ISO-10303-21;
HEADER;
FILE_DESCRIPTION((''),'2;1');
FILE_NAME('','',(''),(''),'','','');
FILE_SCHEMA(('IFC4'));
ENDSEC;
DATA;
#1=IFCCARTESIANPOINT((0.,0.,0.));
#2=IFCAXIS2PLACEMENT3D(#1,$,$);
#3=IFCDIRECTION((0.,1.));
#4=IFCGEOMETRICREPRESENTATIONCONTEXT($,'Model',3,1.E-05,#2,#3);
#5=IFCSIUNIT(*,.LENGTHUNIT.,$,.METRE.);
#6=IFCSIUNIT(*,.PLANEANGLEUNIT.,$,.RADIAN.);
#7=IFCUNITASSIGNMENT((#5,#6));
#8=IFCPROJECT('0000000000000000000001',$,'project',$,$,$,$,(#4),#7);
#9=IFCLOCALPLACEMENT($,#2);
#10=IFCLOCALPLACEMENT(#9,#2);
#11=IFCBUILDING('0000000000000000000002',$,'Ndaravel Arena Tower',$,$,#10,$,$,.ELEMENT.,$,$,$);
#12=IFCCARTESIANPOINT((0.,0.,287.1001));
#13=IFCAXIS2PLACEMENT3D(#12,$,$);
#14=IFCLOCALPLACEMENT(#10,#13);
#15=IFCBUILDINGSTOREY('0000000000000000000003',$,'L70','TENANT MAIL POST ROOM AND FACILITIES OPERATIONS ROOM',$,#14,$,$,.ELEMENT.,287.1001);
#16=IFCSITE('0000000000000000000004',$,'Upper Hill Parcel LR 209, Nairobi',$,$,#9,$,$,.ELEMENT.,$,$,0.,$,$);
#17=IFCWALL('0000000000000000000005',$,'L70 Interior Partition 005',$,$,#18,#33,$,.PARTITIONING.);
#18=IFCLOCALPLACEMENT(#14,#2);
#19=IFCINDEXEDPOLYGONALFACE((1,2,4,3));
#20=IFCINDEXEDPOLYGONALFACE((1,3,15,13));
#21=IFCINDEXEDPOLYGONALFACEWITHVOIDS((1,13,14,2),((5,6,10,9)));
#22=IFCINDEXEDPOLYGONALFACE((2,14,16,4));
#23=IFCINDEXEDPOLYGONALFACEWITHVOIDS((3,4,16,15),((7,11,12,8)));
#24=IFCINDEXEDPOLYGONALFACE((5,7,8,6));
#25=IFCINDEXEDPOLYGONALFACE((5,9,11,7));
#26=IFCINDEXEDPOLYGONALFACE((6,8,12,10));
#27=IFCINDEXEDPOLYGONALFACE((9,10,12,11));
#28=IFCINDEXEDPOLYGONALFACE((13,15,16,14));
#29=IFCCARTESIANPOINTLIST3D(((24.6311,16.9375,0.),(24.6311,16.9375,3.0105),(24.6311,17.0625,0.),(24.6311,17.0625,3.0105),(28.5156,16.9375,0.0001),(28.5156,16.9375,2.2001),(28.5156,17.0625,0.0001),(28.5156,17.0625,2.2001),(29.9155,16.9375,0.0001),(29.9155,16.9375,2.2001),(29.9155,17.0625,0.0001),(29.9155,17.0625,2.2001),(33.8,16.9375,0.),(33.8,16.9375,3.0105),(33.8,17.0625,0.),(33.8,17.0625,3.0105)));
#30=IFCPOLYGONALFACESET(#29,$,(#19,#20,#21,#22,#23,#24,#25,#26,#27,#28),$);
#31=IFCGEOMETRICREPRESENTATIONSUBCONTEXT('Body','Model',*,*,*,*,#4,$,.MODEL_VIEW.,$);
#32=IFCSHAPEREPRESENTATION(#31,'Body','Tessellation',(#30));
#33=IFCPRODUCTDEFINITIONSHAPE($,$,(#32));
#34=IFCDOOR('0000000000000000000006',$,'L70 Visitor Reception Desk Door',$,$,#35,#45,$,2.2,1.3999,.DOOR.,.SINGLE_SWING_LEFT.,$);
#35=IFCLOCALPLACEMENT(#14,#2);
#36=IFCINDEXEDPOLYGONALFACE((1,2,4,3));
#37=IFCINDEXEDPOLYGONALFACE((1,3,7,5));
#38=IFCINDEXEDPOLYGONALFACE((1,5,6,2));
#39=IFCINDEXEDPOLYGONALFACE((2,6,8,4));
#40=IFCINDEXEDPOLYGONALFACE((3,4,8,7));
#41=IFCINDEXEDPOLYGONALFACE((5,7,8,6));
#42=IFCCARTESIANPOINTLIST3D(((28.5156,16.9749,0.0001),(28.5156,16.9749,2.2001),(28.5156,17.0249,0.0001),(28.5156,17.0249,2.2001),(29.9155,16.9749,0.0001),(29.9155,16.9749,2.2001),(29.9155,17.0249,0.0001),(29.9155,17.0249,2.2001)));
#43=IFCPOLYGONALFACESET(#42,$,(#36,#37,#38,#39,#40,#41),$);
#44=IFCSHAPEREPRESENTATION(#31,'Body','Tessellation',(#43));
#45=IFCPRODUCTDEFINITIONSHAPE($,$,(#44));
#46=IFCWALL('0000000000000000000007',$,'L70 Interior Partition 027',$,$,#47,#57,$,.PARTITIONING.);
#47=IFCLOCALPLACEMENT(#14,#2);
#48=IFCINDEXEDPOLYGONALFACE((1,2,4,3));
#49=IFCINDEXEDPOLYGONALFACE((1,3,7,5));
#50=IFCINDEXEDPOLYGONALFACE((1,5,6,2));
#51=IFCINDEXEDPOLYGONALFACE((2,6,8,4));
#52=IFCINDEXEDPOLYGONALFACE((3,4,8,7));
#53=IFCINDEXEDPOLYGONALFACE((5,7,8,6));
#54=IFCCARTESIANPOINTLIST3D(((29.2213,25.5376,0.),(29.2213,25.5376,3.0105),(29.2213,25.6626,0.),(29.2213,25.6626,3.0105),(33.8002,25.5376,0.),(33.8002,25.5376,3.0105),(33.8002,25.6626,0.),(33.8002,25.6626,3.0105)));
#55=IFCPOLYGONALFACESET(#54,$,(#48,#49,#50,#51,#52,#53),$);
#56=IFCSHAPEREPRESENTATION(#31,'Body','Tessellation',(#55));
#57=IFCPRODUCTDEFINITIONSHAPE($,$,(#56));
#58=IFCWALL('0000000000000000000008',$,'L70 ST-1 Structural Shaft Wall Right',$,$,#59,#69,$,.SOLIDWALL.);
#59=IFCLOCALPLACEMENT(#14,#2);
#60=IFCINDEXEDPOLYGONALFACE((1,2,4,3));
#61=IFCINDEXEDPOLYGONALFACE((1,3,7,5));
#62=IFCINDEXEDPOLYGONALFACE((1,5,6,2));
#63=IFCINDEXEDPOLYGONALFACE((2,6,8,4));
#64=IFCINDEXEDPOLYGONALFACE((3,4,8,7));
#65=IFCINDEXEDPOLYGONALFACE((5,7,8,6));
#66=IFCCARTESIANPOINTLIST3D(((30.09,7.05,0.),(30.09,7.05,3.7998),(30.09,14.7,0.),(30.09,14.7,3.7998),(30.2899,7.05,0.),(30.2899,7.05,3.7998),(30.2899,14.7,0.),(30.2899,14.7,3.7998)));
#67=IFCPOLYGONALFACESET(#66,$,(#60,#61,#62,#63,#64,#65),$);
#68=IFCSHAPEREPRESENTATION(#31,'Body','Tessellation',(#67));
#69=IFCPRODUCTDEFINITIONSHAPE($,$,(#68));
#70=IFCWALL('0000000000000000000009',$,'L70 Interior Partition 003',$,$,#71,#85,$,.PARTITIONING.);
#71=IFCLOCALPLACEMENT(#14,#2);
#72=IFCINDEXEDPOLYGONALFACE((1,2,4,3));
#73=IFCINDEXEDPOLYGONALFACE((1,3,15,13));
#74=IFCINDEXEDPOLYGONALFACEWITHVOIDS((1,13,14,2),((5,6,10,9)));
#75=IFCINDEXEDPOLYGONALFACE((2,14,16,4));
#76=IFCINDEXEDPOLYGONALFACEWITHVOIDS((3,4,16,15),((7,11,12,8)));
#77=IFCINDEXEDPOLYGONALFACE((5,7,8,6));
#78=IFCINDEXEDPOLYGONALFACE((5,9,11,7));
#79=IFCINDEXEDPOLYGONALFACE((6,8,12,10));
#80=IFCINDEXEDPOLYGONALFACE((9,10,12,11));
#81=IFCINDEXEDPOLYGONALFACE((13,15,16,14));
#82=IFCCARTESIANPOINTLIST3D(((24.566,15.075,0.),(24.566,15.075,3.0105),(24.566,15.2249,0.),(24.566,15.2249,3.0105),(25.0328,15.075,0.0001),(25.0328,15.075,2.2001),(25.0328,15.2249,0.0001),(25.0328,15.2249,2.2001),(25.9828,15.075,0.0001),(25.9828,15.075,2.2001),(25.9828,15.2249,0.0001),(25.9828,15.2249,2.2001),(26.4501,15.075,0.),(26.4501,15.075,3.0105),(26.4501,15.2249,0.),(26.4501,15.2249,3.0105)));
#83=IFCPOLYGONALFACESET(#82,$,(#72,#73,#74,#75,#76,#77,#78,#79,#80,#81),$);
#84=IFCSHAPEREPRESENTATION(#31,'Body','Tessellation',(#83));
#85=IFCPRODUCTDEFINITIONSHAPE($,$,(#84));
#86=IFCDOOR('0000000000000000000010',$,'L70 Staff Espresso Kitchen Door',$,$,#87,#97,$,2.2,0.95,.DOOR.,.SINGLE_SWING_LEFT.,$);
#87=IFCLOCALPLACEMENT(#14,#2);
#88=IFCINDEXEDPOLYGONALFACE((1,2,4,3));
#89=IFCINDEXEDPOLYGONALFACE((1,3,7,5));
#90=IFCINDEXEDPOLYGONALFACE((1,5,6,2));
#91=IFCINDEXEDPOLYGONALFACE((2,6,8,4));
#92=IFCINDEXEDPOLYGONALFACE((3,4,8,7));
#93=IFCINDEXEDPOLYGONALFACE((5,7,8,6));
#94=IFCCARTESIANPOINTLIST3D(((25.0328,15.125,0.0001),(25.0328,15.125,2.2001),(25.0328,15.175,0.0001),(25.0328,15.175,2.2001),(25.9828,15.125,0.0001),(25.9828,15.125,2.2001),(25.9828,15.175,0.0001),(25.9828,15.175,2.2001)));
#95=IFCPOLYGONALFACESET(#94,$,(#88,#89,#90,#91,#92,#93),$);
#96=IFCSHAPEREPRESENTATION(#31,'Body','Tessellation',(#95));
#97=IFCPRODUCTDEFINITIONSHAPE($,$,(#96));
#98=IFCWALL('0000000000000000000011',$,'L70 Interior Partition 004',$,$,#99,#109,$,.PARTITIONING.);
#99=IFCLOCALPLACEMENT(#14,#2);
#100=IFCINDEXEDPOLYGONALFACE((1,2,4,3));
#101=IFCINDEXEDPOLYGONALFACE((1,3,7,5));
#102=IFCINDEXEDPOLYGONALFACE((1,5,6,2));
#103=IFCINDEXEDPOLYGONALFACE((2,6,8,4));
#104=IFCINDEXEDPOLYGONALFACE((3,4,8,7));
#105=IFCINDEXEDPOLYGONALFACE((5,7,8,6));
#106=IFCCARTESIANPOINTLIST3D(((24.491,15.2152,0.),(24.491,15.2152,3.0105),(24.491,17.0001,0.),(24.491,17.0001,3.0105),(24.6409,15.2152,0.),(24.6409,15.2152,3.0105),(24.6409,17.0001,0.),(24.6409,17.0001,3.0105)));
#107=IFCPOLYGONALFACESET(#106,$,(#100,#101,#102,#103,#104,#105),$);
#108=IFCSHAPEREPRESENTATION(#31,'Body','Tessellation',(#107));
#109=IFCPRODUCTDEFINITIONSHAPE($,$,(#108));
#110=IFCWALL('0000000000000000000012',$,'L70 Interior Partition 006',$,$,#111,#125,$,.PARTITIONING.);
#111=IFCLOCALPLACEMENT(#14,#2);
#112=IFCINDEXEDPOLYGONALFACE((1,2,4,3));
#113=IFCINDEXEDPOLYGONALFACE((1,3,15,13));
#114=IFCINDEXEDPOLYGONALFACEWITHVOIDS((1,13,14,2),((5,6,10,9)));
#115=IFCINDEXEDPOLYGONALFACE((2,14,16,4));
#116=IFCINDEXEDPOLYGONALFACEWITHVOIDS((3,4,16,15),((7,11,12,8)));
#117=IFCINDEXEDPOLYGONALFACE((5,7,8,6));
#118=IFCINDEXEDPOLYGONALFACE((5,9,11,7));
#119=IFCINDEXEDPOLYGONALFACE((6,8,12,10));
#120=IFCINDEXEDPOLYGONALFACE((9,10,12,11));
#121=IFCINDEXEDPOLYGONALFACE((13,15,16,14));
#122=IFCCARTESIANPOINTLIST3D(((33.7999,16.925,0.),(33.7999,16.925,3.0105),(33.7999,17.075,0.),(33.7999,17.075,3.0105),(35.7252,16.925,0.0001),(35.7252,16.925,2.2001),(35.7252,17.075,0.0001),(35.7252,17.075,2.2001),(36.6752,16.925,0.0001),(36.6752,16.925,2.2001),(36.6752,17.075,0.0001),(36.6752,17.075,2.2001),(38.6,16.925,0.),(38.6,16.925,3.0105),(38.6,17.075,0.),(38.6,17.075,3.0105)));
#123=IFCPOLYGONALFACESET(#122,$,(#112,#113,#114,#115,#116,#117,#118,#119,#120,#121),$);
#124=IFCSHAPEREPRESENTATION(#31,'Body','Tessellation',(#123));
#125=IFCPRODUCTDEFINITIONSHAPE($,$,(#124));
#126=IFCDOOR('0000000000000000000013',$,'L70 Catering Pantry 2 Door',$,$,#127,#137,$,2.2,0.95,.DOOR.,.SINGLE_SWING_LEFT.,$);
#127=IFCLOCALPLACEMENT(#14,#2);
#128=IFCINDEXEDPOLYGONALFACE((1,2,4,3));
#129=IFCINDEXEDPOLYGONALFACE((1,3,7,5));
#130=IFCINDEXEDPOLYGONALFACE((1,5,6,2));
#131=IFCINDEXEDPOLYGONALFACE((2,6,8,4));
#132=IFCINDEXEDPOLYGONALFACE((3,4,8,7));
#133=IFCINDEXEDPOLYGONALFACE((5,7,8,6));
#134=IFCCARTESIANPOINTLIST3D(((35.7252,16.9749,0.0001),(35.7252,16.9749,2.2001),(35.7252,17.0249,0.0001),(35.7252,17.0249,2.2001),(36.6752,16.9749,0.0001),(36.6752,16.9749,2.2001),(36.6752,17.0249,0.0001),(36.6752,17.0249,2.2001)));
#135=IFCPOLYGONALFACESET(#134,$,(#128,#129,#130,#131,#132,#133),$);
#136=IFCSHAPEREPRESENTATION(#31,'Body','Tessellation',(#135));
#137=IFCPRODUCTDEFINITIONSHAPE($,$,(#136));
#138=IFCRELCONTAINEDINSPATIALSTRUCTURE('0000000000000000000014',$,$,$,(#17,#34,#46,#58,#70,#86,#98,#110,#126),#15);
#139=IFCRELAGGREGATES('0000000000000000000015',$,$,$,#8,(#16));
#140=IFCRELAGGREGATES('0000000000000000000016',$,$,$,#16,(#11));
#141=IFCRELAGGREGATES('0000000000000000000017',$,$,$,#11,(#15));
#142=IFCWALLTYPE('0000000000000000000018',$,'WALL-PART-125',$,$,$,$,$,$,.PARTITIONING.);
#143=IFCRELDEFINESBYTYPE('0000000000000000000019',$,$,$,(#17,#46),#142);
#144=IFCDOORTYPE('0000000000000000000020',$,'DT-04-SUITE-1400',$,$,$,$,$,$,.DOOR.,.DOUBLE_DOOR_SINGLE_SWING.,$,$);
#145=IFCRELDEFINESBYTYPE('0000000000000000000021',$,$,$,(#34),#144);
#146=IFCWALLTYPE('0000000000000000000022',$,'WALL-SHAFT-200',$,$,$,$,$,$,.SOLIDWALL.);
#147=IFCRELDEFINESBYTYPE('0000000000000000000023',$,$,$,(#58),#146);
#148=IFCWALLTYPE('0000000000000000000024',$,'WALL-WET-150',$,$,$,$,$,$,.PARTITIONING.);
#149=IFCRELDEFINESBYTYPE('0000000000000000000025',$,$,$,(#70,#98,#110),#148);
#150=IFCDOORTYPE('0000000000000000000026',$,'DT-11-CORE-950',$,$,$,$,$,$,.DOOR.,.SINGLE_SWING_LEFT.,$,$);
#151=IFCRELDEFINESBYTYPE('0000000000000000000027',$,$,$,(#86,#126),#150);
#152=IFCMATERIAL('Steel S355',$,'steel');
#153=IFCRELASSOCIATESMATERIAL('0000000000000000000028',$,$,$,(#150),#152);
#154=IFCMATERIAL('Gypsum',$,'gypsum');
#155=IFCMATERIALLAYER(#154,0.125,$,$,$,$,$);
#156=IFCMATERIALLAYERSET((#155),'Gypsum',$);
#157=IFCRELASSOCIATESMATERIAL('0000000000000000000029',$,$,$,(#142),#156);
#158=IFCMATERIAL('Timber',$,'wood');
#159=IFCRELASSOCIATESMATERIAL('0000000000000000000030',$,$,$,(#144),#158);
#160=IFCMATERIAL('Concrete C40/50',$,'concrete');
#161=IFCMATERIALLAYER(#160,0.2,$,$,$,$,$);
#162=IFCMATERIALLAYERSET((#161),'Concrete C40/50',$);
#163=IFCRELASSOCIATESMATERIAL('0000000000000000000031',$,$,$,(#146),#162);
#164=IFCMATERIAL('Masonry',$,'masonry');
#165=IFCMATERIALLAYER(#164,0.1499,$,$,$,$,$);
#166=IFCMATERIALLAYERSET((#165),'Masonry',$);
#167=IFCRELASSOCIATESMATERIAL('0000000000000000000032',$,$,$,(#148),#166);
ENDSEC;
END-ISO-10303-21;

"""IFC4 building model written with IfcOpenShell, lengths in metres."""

from ifc_helpers import new_model, si_unit, direction, frame, frame_2d, origin, place, context, subcontext, project, spatial, rectangle, extrude, material, layer, layer_set, type_object, element, fill, save


model = new_model("IFC4")

# Units and contexts
model_context = context("Model", 3, precision=1e-05, world=origin(), true_north=direction((0.0, 1.0)))
body_context = subcontext(model_context, "Body", "Model", "MODEL_VIEW")
ifc_project = project(units=[si_unit("LENGTHUNIT", "METRE"), si_unit("PLANEANGLEUNIT", "RADIAN")], contexts=[model_context])

# Site, building, storey
site_placement = place(None, origin())
site = spatial("IfcSite", under=ifc_project, at=site_placement, Name="Upper Hill Parcel LR 209, Nairobi", CompositionType="ELEMENT", RefElevation=0.0)
building_placement = place(site_placement, origin())
building = spatial("IfcBuilding", under=site, at=building_placement, Name="Ndaravel Arena Tower", CompositionType="ELEMENT")
storey_placement = place(building_placement, frame((0.0, 0.0, 287.1001)))
storey = spatial("IfcBuildingStorey", under=building, at=storey_placement, Name="L70", Description="TENANT MAIL POST ROOM AND FACILITIES OPERATIONS ROOM", CompositionType="ELEMENT", Elevation=287.1001)

# Shared definitions
ifc_material_1 = material(Name="Steel S355", Category="steel")
door_type_1 = type_object("IfcDoorType", Name="DT-11-CORE-950", OperationType="SINGLE_SWING_LEFT", PredefinedType="DOOR", material=ifc_material_1)

# Wall, opening, door
ifc_material_2 = material(Name="Gypsum", Category="gypsum")
ifc_layer_1 = layer(ifc_material_2, 0.125)
ifc_layer_set_1 = layer_set([ifc_layer_1], Name="Gypsum")
wall_type_1 = type_object("IfcWallType", Name="WALL-PART-125", PredefinedType="PARTITIONING", material=ifc_layer_set_1)
wall_1_placement = place(storey_placement, frame((24.6311, 17.0, 0.0), z_axis=(0.0, 0.0, 1.0), x_axis=(1.0, 0.0, 0.0)))
wall_1 = element("IfcWall", 1, at=wall_1_placement, inside=storey, type_object=wall_type_1, Name="L70 Interior Partition 005", PredefinedType="PARTITIONING", context=body_context, shape_type="SweptSolid", body=[
    extrude(rectangle(XDim=9.1689, YDim=0.125, at=frame_2d((4.5845, 0.0))), origin(), (0.0, 0.0, 1.0), 3.0105),
])
opening_1_placement = place(wall_1_placement, frame((3.8845, 0.0, 0.0)))
opening_1 = element("IfcOpeningElement", 2, at=opening_1_placement, cuts=wall_1, PredefinedType="OPENING", context=body_context, shape_type="SweptSolid", body=[
    extrude(rectangle(XDim=1.3999, YDim=2.2, at=frame_2d((0.7, 1.1001))), frame((0.0, 0.0625, 0.0), z_axis=(0.0, -1.0, 0.0), x_axis=(1.0, 0.0, 0.0)), (0.0, 0.0, 1.0), 0.125),
])
ifc_material_3 = material(Name="Timber", Category="wood")
door_type_2 = type_object("IfcDoorType", Name="DT-04-SUITE-1400", OperationType="DOUBLE_DOOR_SINGLE_SWING", PredefinedType="DOOR", material=ifc_material_3)
door_1_placement = place(opening_1_placement, origin())
door_1 = element("IfcDoor", 3, at=door_1_placement, inside=storey, type_object=door_type_2, Name="L70 Visitor Reception Desk Door", OperationType="SINGLE_SWING_LEFT", OverallHeight=2.2, OverallWidth=1.3999, PredefinedType="DOOR", context=body_context, shape_type="SweptSolid", body=[
    extrude(rectangle(XDim=1.3999, YDim=2.2, at=frame_2d((0.7, 1.1001))), frame((0.0, 0.0249, 0.0), z_axis=(0.0, -1.0, 0.0), x_axis=(1.0, 0.0, 0.0)), (0.0, 0.0, 1.0), 0.05),
])
fill(opening_1, door_1)

# Walls
wall_2_placement = place(storey_placement, frame((29.2212, 25.6001, 0.0), z_axis=(0.0, 0.0, 1.0), x_axis=(1.0, 0.0, 0.0)))
element("IfcWall", 4, at=wall_2_placement, inside=storey, type_object=wall_type_1, Name="L70 Interior Partition 027", PredefinedType="PARTITIONING", context=body_context, shape_type="SweptSolid", body=[
    extrude(rectangle(XDim=4.5789, YDim=0.125, at=frame_2d((2.2896, 0.0))), origin(), (0.0, 0.0, 1.0), 3.0105),
])
ifc_material_4 = material(Name="Concrete C40/50", Category="concrete")
ifc_layer_2 = layer(ifc_material_4, 0.2)
ifc_layer_set_2 = layer_set([ifc_layer_2], Name="Concrete C40/50")
wall_type_2 = type_object("IfcWallType", Name="WALL-SHAFT-200", PredefinedType="SOLIDWALL", material=ifc_layer_set_2)
wall_3_placement = place(storey_placement, frame((30.1899, 14.7, 0.0), z_axis=(0.0, 0.0, 1.0), x_axis=(0.0, -1.0, 0.0)))
element("IfcWall", 5, at=wall_3_placement, inside=storey, type_object=wall_type_2, Name="L70 ST-1 Structural Shaft Wall Right", PredefinedType="SOLIDWALL", context=body_context, shape_type="SweptSolid", body=[
    extrude(rectangle(XDim=7.6499, YDim=0.2, at=frame_2d((3.825, 0.0))), origin(), (0.0, 0.0, 1.0), 3.7998),
])

# Wall, opening, door
ifc_material_5 = material(Name="Masonry", Category="masonry")
ifc_layer_3 = layer(ifc_material_5, 0.1499)
ifc_layer_set_3 = layer_set([ifc_layer_3], Name="Masonry")
wall_type_3 = type_object("IfcWallType", Name="WALL-WET-150", PredefinedType="PARTITIONING", material=ifc_layer_set_3)
wall_4_placement = place(storey_placement, frame((26.45, 15.1499, 0.0), z_axis=(0.0, 0.0, 1.0), x_axis=(-1.0, 0.0, 0.0)))
wall_4 = element("IfcWall", 6, at=wall_4_placement, inside=storey, type_object=wall_type_3, Name="L70 Interior Partition 003", PredefinedType="PARTITIONING", context=body_context, shape_type="SweptSolid", body=[
    extrude(rectangle(XDim=1.884, YDim=0.1499, at=frame_2d((0.9419, 0.0))), origin(), (0.0, 0.0, 1.0), 3.0105),
])
opening_2_placement = place(wall_4_placement, frame((0.467, 0.0, 0.0)))
opening_2 = element("IfcOpeningElement", 7, at=opening_2_placement, cuts=wall_4, PredefinedType="OPENING", context=body_context, shape_type="SweptSolid", body=[
    extrude(rectangle(XDim=0.95, YDim=2.2, at=frame_2d((0.4751, 1.1001))), frame((0.0, 0.075, 0.0), z_axis=(0.0, -1.0, 0.0), x_axis=(1.0, 0.0, 0.0)), (0.0, 0.0, 1.0), 0.1499),
])
door_2_placement = place(opening_2_placement, origin())
door_2 = element("IfcDoor", 8, at=door_2_placement, inside=storey, type_object=door_type_1, Name="L70 Staff Espresso Kitchen Door", OperationType="SINGLE_SWING_LEFT", OverallHeight=2.2, OverallWidth=0.95, PredefinedType="DOOR", context=body_context, shape_type="SweptSolid", body=[
    extrude(rectangle(XDim=0.95, YDim=2.2, at=frame_2d((0.4751, 1.1001))), frame((0.0, 0.0249, 0.0), z_axis=(0.0, -1.0, 0.0), x_axis=(1.0, 0.0, 0.0)), (0.0, 0.0, 1.0), 0.05),
])
fill(opening_2, door_2)

# Wall
wall_5_placement = place(storey_placement, frame((24.5659, 15.2151, 0.0), z_axis=(0.0, 0.0, 1.0), x_axis=(0.0, 1.0, 0.0)))
element("IfcWall", 9, at=wall_5_placement, inside=storey, type_object=wall_type_3, Name="L70 Interior Partition 004", PredefinedType="PARTITIONING", context=body_context, shape_type="SweptSolid", body=[
    extrude(rectangle(XDim=1.7849, YDim=0.1499, at=frame_2d((0.8926, 0.0))), origin(), (0.0, 0.0, 1.0), 3.0105),
])

# Wall, opening, door
wall_6_placement = place(storey_placement, frame((33.8, 17.0, 0.0), z_axis=(0.0, 0.0, 1.0), x_axis=(1.0, 0.0, 0.0)))
wall_6 = element("IfcWall", 10, at=wall_6_placement, inside=storey, type_object=wall_type_3, Name="L70 Interior Partition 006", PredefinedType="PARTITIONING", context=body_context, shape_type="SweptSolid", body=[
    extrude(rectangle(XDim=4.8, YDim=0.1499, at=frame_2d((2.3999, 0.0))), origin(), (0.0, 0.0, 1.0), 3.0105),
])
opening_3_placement = place(wall_6_placement, frame((1.925, 0.0, 0.0)))
opening_3 = element("IfcOpeningElement", 11, at=opening_3_placement, cuts=wall_6, PredefinedType="OPENING", context=body_context, shape_type="SweptSolid", body=[
    extrude(rectangle(XDim=0.95, YDim=2.2, at=frame_2d((0.4751, 1.1001))), frame((0.0, 0.075, 0.0), z_axis=(0.0, -1.0, 0.0), x_axis=(1.0, 0.0, 0.0)), (0.0, 0.0, 1.0), 0.1499),
])
door_3_placement = place(opening_3_placement, origin())
door_3 = element("IfcDoor", 12, at=door_3_placement, inside=storey, type_object=door_type_1, Name="L70 Catering Pantry 2 Door", OperationType="SINGLE_SWING_LEFT", OverallHeight=2.2, OverallWidth=0.95, PredefinedType="DOOR", context=body_context, shape_type="SweptSolid", body=[
    extrude(rectangle(XDim=0.95, YDim=2.2, at=frame_2d((0.4751, 1.1001))), frame((0.0, 0.0249, 0.0), z_axis=(0.0, -1.0, 0.0), x_axis=(1.0, 0.0, 0.0)), (0.0, 0.0, 1.0), 0.05),
])
fill(opening_3, door_3)

save(model, "model.ifc")
